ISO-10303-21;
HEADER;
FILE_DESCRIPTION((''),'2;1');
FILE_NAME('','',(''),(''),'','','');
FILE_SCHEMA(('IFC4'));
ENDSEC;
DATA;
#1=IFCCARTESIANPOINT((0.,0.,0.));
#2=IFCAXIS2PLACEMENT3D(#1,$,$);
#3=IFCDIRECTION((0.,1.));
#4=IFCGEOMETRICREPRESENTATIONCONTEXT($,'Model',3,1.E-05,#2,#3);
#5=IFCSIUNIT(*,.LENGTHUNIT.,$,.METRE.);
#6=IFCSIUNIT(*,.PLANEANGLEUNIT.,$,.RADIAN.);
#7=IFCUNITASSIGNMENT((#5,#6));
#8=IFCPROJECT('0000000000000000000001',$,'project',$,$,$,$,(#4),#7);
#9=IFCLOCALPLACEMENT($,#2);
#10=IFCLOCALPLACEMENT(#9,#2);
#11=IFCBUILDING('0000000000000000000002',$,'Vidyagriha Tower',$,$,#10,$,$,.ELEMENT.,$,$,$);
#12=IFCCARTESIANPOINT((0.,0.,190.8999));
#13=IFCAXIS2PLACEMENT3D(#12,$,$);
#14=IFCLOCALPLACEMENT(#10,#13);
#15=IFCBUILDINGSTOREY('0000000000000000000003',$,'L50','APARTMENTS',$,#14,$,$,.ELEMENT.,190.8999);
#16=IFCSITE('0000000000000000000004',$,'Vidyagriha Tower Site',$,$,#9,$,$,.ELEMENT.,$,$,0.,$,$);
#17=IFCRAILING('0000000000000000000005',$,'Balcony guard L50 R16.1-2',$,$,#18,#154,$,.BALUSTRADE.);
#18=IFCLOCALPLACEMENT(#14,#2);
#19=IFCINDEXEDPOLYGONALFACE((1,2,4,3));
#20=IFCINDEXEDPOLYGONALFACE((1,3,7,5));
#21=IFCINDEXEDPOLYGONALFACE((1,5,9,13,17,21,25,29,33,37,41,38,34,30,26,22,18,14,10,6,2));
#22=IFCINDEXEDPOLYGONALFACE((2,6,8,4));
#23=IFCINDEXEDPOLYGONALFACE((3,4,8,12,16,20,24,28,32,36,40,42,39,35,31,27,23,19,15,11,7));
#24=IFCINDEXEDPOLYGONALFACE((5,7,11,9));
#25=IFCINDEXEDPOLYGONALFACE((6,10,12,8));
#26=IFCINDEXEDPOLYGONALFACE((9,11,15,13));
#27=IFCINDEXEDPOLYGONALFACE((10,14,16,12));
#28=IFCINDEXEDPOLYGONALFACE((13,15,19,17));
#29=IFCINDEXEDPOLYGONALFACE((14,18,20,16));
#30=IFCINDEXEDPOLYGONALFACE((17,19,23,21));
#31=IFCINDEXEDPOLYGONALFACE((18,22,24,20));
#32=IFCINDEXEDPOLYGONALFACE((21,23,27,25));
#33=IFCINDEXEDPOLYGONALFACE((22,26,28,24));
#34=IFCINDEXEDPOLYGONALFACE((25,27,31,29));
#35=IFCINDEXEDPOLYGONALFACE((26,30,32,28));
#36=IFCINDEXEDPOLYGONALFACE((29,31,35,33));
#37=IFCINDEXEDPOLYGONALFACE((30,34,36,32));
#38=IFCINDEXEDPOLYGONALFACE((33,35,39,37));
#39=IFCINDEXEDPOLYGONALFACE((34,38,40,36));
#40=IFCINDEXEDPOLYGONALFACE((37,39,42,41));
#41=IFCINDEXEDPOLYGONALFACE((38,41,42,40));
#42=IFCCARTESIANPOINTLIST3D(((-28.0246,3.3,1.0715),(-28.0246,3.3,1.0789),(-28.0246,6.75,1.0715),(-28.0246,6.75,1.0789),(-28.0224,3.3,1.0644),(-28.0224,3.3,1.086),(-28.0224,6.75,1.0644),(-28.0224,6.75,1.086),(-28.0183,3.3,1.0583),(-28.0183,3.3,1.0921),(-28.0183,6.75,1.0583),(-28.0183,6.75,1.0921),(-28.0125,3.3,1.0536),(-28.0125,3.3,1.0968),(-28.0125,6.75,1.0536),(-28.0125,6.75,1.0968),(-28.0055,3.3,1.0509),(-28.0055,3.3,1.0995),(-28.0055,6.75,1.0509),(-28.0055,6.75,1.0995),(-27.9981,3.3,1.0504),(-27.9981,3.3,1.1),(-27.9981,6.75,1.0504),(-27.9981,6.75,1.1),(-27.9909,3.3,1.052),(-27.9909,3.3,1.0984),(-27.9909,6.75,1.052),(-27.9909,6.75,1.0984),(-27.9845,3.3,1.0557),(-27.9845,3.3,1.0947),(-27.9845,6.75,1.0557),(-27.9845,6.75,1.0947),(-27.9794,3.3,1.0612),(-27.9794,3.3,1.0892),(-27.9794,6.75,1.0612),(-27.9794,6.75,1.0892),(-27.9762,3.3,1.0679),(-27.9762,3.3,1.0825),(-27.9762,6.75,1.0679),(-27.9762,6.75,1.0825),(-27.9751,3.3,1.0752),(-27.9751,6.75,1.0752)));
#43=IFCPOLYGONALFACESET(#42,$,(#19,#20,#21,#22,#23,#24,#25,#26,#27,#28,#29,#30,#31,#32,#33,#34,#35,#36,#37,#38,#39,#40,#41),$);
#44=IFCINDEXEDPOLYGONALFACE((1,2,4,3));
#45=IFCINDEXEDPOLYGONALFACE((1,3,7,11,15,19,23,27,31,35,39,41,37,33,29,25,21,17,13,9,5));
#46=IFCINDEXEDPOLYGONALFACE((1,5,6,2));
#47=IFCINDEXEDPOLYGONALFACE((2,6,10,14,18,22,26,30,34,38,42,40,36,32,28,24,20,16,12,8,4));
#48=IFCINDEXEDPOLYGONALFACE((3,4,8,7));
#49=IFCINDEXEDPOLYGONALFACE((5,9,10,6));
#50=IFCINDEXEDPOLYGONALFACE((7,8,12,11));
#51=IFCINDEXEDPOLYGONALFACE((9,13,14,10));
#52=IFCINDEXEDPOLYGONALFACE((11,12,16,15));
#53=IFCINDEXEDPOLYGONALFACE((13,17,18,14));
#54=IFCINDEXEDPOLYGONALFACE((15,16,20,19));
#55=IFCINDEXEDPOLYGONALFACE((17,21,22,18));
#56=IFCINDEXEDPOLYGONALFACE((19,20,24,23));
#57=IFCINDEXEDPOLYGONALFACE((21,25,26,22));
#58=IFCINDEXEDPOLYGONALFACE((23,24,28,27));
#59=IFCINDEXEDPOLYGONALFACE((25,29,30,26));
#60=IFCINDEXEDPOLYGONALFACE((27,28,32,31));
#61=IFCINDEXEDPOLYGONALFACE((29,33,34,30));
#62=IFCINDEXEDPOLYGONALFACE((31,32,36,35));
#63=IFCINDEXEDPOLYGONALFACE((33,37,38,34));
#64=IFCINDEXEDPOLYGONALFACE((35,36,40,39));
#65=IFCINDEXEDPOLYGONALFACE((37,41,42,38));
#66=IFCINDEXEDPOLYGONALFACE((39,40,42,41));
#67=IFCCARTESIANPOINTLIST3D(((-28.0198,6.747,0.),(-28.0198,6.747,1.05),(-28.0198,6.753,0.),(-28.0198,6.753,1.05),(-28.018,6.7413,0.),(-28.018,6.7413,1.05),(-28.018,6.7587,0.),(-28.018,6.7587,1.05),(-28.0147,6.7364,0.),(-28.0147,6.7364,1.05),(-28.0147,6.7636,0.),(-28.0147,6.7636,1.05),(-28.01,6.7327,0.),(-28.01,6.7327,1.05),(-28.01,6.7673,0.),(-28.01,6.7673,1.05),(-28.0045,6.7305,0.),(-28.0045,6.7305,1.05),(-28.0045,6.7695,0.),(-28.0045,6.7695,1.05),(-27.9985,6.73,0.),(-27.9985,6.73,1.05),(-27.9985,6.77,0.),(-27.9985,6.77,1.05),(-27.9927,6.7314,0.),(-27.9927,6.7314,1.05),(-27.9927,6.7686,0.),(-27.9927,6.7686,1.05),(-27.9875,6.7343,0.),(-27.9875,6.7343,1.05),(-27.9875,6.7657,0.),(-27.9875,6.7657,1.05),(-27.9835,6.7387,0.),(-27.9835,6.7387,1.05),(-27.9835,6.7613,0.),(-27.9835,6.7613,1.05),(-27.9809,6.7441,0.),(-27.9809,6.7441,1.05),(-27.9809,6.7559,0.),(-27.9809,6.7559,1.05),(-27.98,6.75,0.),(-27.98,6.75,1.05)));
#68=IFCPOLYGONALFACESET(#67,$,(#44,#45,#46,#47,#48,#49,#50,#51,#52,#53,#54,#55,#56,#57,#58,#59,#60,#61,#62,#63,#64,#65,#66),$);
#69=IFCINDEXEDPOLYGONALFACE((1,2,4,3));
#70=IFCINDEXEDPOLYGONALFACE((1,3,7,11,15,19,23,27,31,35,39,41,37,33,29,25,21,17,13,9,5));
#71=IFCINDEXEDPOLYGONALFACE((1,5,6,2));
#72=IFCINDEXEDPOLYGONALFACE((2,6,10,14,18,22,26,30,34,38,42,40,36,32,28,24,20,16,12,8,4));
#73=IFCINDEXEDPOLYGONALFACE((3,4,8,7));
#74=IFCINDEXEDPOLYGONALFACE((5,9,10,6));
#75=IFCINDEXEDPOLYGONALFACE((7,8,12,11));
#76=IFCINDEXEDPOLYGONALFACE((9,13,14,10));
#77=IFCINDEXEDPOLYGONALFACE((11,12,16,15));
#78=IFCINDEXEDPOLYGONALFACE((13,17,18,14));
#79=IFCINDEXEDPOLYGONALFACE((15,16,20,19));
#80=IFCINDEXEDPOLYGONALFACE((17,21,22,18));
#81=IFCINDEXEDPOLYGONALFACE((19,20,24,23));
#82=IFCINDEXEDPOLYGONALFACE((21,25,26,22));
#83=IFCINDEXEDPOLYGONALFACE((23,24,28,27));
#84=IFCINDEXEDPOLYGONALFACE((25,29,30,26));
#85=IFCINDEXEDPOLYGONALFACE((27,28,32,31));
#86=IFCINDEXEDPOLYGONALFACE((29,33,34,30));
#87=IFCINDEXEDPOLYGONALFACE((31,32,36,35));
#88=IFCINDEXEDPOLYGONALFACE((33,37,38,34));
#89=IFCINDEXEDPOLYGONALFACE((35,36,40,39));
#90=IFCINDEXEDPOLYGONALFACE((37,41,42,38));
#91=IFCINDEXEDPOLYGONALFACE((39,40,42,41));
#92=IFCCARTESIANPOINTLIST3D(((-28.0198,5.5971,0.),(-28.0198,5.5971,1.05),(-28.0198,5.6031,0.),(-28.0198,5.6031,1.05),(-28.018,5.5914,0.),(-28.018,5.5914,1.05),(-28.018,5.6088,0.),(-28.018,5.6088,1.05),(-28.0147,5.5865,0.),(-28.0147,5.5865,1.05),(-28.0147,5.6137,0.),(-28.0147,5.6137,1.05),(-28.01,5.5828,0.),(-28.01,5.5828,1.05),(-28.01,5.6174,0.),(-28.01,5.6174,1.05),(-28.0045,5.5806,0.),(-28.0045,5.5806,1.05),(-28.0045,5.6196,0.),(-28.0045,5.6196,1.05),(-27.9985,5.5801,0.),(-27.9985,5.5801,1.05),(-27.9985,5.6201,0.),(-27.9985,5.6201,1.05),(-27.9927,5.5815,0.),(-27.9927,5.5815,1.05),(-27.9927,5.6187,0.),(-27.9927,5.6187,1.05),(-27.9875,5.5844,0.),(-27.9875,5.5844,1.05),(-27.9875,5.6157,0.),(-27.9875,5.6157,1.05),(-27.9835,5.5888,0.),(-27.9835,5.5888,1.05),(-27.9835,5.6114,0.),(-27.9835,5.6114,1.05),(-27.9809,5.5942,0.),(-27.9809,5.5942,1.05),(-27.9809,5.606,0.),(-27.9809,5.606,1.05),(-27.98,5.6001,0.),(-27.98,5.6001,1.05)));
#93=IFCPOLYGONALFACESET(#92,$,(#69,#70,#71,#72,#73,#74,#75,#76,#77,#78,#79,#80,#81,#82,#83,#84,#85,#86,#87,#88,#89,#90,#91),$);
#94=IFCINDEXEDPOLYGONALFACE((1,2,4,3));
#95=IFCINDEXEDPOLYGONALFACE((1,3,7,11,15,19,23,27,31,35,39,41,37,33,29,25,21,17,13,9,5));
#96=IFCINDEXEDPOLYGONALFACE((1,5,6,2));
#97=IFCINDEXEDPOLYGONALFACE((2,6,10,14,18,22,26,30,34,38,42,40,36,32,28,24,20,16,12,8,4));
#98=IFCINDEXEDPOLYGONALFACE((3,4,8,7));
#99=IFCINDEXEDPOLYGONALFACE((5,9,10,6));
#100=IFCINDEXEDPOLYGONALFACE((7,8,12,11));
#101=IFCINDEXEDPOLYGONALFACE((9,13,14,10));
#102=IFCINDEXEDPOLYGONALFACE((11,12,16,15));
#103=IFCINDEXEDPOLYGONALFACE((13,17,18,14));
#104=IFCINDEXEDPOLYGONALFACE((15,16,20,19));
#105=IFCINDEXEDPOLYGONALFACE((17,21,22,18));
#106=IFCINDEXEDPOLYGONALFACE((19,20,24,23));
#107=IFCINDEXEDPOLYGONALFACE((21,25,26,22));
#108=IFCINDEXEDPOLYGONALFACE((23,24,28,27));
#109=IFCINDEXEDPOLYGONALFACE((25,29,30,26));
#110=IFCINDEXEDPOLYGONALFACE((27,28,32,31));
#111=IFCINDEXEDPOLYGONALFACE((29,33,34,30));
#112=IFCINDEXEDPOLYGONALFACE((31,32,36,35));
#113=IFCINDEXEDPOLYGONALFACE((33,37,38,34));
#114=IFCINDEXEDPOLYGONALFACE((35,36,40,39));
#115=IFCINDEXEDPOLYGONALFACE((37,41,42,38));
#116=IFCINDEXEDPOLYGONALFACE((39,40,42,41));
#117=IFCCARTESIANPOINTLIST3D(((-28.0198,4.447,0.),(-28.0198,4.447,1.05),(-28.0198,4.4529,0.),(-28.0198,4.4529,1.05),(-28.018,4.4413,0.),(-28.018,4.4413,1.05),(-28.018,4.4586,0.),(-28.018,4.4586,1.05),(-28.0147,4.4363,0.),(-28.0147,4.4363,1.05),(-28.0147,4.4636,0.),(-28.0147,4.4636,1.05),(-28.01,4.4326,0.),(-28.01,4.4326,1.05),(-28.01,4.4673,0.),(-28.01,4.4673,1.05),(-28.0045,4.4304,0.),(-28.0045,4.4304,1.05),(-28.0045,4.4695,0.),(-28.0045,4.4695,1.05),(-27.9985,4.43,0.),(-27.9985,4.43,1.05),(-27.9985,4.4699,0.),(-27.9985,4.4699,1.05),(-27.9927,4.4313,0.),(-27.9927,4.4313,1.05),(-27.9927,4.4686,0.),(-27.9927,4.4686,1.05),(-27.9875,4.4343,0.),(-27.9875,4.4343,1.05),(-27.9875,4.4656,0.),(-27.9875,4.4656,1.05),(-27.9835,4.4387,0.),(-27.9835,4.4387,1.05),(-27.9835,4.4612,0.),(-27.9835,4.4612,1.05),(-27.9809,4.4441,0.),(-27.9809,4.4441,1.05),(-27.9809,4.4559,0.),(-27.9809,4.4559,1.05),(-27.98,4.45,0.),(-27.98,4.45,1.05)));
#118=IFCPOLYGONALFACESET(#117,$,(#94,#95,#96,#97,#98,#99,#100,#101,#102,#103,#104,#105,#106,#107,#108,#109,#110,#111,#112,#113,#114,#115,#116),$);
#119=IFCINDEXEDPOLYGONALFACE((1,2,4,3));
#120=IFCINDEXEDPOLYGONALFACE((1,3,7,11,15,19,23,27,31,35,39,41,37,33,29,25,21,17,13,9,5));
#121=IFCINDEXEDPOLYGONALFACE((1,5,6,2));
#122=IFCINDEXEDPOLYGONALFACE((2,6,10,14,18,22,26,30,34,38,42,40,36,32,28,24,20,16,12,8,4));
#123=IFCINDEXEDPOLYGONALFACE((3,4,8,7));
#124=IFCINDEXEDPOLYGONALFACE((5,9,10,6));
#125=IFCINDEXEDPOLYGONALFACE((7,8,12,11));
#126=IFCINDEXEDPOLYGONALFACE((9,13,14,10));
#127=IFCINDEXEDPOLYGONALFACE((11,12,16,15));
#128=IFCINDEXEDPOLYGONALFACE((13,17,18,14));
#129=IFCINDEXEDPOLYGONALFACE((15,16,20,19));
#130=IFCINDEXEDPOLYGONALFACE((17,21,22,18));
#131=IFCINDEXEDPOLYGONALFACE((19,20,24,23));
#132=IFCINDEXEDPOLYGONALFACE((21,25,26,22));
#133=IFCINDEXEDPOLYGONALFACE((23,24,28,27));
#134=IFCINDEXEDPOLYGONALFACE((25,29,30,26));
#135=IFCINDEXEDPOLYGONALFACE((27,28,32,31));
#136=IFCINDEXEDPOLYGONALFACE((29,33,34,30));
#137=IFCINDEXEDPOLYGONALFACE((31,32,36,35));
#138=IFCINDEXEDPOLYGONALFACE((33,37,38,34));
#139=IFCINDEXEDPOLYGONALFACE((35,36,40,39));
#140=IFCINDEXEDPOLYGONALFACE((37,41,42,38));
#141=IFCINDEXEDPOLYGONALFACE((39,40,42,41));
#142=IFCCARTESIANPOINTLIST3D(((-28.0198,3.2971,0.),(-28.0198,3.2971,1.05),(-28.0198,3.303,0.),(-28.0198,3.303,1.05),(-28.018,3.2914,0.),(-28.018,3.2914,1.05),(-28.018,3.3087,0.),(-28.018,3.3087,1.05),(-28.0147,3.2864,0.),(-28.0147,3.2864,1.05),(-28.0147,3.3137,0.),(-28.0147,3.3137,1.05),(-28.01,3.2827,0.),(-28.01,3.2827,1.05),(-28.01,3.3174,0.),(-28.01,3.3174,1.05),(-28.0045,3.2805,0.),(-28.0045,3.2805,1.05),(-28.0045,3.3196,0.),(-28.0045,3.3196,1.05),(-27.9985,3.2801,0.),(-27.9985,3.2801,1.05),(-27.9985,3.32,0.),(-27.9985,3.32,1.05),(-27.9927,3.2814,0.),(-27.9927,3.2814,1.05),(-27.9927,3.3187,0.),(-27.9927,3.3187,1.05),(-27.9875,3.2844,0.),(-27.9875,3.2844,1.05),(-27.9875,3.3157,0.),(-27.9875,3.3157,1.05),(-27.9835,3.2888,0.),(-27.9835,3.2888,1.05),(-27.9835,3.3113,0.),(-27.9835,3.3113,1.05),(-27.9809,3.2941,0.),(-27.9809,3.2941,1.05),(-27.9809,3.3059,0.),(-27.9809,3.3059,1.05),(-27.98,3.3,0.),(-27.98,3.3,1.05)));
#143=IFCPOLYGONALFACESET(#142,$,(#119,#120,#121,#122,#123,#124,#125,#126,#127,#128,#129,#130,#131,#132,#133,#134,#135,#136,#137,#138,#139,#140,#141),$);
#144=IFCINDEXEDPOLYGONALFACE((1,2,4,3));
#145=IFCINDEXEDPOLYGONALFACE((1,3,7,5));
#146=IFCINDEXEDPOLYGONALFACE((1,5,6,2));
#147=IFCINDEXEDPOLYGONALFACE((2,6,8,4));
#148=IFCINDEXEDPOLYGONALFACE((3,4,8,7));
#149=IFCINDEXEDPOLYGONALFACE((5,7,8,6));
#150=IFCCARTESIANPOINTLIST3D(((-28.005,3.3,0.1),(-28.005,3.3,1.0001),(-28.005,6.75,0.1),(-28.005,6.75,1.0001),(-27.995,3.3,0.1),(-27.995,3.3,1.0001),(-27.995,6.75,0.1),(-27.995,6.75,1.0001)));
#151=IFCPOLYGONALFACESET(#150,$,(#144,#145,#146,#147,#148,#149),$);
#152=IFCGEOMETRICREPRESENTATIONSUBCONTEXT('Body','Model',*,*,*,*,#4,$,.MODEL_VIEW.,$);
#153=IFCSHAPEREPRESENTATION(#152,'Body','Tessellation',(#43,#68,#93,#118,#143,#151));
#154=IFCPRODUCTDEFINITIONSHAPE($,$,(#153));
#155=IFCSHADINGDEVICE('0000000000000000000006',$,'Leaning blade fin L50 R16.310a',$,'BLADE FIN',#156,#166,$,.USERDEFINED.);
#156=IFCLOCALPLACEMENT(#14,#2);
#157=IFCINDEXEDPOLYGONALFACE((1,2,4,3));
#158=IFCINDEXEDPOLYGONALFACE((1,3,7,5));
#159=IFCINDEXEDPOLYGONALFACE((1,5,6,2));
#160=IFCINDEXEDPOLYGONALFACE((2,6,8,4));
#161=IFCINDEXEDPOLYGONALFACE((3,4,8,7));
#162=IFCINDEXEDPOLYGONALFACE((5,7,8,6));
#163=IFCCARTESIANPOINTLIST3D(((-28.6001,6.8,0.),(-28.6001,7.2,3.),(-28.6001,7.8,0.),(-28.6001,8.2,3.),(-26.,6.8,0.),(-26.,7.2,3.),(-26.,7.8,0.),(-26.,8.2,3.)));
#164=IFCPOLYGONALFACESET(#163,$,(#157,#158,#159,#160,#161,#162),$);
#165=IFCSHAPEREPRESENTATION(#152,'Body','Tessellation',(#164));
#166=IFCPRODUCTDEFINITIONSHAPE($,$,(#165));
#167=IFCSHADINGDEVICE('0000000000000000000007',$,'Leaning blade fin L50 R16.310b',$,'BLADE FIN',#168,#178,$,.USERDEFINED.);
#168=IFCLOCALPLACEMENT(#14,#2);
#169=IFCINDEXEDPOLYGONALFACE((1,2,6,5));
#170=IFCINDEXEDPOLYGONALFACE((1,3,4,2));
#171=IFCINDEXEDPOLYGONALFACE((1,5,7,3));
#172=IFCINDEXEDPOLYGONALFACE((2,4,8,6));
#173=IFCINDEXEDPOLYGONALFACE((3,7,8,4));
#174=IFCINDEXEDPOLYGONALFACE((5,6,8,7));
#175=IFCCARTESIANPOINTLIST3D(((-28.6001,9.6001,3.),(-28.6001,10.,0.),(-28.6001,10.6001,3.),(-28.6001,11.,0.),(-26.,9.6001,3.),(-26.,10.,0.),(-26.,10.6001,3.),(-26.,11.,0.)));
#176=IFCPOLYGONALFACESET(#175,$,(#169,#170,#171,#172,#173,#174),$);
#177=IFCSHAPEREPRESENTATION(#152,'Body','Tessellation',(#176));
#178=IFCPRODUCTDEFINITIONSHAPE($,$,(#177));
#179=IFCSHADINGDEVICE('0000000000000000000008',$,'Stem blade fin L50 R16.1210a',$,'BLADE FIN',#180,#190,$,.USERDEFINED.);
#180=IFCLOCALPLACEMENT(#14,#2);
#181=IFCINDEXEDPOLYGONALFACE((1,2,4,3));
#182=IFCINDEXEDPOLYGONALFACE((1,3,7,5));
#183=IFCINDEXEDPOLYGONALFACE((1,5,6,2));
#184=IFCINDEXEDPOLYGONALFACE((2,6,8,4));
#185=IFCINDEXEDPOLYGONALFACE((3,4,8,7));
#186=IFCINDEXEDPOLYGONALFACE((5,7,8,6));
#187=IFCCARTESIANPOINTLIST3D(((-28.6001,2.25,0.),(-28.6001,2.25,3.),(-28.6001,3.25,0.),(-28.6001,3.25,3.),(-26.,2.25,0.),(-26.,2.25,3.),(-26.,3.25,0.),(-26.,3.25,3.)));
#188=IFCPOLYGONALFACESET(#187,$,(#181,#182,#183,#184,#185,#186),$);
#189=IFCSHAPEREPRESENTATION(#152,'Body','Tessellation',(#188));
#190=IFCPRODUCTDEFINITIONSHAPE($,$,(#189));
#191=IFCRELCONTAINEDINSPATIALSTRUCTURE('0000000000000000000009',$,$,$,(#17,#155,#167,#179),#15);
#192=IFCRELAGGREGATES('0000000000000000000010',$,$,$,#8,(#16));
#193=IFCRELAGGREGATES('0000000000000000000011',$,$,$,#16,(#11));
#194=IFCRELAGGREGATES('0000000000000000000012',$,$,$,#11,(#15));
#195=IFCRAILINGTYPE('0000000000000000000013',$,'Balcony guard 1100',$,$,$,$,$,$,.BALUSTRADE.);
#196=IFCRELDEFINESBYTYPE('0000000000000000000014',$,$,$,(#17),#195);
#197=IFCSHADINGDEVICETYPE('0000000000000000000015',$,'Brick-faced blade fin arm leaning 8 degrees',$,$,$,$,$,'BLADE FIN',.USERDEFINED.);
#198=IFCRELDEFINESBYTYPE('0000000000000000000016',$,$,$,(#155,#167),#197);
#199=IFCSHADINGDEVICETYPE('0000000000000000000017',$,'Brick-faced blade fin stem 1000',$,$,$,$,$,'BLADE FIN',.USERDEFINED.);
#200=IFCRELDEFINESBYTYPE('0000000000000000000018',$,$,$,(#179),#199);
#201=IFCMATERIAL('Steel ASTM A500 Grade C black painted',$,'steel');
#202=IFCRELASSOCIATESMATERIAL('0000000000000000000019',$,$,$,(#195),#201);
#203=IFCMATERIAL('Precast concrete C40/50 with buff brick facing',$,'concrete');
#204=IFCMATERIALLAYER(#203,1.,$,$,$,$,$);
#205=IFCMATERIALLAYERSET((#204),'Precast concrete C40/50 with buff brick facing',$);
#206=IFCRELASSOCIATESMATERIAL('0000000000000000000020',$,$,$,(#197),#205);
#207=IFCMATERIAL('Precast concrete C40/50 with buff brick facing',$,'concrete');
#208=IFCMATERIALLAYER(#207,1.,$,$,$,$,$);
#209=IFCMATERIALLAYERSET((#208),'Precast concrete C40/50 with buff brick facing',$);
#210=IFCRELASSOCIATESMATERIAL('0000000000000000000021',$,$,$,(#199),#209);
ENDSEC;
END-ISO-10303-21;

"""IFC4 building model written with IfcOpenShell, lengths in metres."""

from ifc_helpers import new_model, si_unit, direction, frame, origin, origin_2d, place, context, subcontext, project, spatial, polyline, rectangle, circle, outline, extrude, material, layer, layer_set, type_object, element, save


model = new_model("IFC4")

# Units and contexts
model_context = context("Model", 3, precision=1e-05, world=origin(), true_north=direction((0.0, 1.0)))
body_context = subcontext(model_context, "Body", "Model", "MODEL_VIEW")
ifc_project = project(units=[si_unit("LENGTHUNIT", "METRE"), si_unit("PLANEANGLEUNIT", "RADIAN")], contexts=[model_context])

# Site, building, storey
site_placement = place(None, origin())
site = spatial("IfcSite", under=ifc_project, at=site_placement, Name="Vidyagriha Tower Site", CompositionType="ELEMENT", RefElevation=0.0)
building_placement = place(site_placement, origin())
building = spatial("IfcBuilding", under=site, at=building_placement, Name="Vidyagriha Tower", CompositionType="ELEMENT")
storey_placement = place(building_placement, frame((0.0, 0.0, 190.8999)))
storey = spatial("IfcBuildingStorey", under=building, at=storey_placement, Name="L50", Description="APARTMENTS", CompositionType="ELEMENT", Elevation=190.8999)

# Railing
ifc_material_1 = material(Name="Steel ASTM A500 Grade C black painted", Category="steel")
railing_type = type_object("IfcRailingType", Name="Balcony guard 1100", PredefinedType="BALUSTRADE", material=ifc_material_1)
railing_1_placement = place(storey_placement, frame((-28.0, 6.75, 0.0)))
element("IfcRailing", 1, at=railing_1_placement, inside=storey, type_object=railing_type, Name="Balcony guard L50 R16.1-2", PredefinedType="BALUSTRADE", context=body_context, shape_type="SweptSolid", body=[
    extrude(circle(Radius=0.0249, at=origin_2d()), frame((0.0, 0.0, 1.0752), z_axis=(0.0, -1.0, 0.0), x_axis=(1.0, 0.0, 0.0)), (0.0, 0.0, 1.0), 3.45),
    extrude(circle(Radius=0.02, at=origin_2d()), origin(), (0.0, 0.0, 1.0), 1.05),
    extrude(circle(Radius=0.02, at=origin_2d()), frame((0.0, -1.1499, 0.0)), (0.0, 0.0, 1.0), 1.05),
    extrude(circle(Radius=0.02, at=origin_2d()), frame((0.0, -2.3, 0.0)), (0.0, 0.0, 1.0), 1.05),
    extrude(circle(Radius=0.02, at=origin_2d()), frame((0.0, -3.45, 0.0)), (0.0, 0.0, 1.0), 1.05),
    extrude(rectangle(XDim=0.01, YDim=0.9001, at=origin_2d()), frame((0.0, 0.0, 0.55), z_axis=(0.0, -1.0, 0.0), x_axis=(1.0, 0.0, 0.0)), (0.0, 0.0, 1.0), 3.45),
])

# Shading devices
ifc_material_2 = material(Name="Precast concrete C40/50 with buff brick facing", Category="concrete")
ifc_layer_1 = layer(ifc_material_2, 1.0)
ifc_layer_set_1 = layer_set([ifc_layer_1], Name="Precast concrete C40/50 with buff brick facing")
shading_device_type_1 = type_object("IfcShadingDeviceType", Name="Brick-faced blade fin arm leaning 8 degrees", ElementType="BLADE FIN", PredefinedType="USERDEFINED", material=ifc_layer_set_1)
shading_device_1_placement = place(storey_placement, frame((-27.3, 8.2, 0.0), z_axis=(0.0, 0.0, 1.0), x_axis=(0.0, -1.0, 0.0)))
element("IfcShadingDevice", 2, at=shading_device_1_placement, inside=storey, type_object=shading_device_type_1, Name="Leaning blade fin L50 R16.310a", ObjectType="BLADE FIN", PredefinedType="USERDEFINED", context=body_context, shape_type="SweptSolid", body=[
    extrude(outline(polyline([(0.3999, 0.0), (1.3999, 0.0), (1.0, 3.0), (0.0, 3.0), (0.3999, 0.0)])), frame((0.0, 1.3, 0.0), z_axis=(0.0, -1.0, 0.0), x_axis=(1.0, 0.0, 0.0)), (0.0, 0.0, 1.0), 2.6001),
])
shading_device_2_placement = place(storey_placement, frame((-27.3, 11.0, 0.0), z_axis=(0.0, 0.0, 1.0), x_axis=(0.0, -1.0, 0.0)))
element("IfcShadingDevice", 3, at=shading_device_2_placement, inside=storey, type_object=shading_device_type_1, Name="Leaning blade fin L50 R16.310b", ObjectType="BLADE FIN", PredefinedType="USERDEFINED", context=body_context, shape_type="SweptSolid", body=[
    extrude(outline(polyline([(0.0, 0.0), (1.0, 0.0), (1.3999, 3.0), (0.3999, 3.0), (0.0, 0.0)])), frame((0.0, 1.3, 0.0), z_axis=(0.0, -1.0, 0.0), x_axis=(1.0, 0.0, 0.0)), (0.0, 0.0, 1.0), 2.6001),
])
ifc_material_3 = material(Name="Precast concrete C40/50 with buff brick facing", Category="concrete")
ifc_layer_2 = layer(ifc_material_3, 1.0)
ifc_layer_set_2 = layer_set([ifc_layer_2], Name="Precast concrete C40/50 with buff brick facing")
shading_device_type_2 = type_object("IfcShadingDeviceType", Name="Brick-faced blade fin stem 1000", ElementType="BLADE FIN", PredefinedType="USERDEFINED", material=ifc_layer_set_2)
shading_device_3_placement = place(storey_placement, frame((-27.3, 3.25, 0.0), z_axis=(0.0, 0.0, 1.0), x_axis=(0.0, -1.0, 0.0)))
element("IfcShadingDevice", 4, at=shading_device_3_placement, inside=storey, type_object=shading_device_type_2, Name="Stem blade fin L50 R16.1210a", ObjectType="BLADE FIN", PredefinedType="USERDEFINED", context=body_context, shape_type="SweptSolid", body=[
    extrude(outline(polyline([(0.0, 0.0), (1.0, 0.0), (1.0, 3.0), (0.0, 3.0), (0.0, 0.0)])), frame((0.0, 1.3, 0.0), z_axis=(0.0, -1.0, 0.0), x_axis=(1.0, 0.0, 0.0)), (0.0, 0.0, 1.0), 2.6001),
])

save(model, "model.ifc")
